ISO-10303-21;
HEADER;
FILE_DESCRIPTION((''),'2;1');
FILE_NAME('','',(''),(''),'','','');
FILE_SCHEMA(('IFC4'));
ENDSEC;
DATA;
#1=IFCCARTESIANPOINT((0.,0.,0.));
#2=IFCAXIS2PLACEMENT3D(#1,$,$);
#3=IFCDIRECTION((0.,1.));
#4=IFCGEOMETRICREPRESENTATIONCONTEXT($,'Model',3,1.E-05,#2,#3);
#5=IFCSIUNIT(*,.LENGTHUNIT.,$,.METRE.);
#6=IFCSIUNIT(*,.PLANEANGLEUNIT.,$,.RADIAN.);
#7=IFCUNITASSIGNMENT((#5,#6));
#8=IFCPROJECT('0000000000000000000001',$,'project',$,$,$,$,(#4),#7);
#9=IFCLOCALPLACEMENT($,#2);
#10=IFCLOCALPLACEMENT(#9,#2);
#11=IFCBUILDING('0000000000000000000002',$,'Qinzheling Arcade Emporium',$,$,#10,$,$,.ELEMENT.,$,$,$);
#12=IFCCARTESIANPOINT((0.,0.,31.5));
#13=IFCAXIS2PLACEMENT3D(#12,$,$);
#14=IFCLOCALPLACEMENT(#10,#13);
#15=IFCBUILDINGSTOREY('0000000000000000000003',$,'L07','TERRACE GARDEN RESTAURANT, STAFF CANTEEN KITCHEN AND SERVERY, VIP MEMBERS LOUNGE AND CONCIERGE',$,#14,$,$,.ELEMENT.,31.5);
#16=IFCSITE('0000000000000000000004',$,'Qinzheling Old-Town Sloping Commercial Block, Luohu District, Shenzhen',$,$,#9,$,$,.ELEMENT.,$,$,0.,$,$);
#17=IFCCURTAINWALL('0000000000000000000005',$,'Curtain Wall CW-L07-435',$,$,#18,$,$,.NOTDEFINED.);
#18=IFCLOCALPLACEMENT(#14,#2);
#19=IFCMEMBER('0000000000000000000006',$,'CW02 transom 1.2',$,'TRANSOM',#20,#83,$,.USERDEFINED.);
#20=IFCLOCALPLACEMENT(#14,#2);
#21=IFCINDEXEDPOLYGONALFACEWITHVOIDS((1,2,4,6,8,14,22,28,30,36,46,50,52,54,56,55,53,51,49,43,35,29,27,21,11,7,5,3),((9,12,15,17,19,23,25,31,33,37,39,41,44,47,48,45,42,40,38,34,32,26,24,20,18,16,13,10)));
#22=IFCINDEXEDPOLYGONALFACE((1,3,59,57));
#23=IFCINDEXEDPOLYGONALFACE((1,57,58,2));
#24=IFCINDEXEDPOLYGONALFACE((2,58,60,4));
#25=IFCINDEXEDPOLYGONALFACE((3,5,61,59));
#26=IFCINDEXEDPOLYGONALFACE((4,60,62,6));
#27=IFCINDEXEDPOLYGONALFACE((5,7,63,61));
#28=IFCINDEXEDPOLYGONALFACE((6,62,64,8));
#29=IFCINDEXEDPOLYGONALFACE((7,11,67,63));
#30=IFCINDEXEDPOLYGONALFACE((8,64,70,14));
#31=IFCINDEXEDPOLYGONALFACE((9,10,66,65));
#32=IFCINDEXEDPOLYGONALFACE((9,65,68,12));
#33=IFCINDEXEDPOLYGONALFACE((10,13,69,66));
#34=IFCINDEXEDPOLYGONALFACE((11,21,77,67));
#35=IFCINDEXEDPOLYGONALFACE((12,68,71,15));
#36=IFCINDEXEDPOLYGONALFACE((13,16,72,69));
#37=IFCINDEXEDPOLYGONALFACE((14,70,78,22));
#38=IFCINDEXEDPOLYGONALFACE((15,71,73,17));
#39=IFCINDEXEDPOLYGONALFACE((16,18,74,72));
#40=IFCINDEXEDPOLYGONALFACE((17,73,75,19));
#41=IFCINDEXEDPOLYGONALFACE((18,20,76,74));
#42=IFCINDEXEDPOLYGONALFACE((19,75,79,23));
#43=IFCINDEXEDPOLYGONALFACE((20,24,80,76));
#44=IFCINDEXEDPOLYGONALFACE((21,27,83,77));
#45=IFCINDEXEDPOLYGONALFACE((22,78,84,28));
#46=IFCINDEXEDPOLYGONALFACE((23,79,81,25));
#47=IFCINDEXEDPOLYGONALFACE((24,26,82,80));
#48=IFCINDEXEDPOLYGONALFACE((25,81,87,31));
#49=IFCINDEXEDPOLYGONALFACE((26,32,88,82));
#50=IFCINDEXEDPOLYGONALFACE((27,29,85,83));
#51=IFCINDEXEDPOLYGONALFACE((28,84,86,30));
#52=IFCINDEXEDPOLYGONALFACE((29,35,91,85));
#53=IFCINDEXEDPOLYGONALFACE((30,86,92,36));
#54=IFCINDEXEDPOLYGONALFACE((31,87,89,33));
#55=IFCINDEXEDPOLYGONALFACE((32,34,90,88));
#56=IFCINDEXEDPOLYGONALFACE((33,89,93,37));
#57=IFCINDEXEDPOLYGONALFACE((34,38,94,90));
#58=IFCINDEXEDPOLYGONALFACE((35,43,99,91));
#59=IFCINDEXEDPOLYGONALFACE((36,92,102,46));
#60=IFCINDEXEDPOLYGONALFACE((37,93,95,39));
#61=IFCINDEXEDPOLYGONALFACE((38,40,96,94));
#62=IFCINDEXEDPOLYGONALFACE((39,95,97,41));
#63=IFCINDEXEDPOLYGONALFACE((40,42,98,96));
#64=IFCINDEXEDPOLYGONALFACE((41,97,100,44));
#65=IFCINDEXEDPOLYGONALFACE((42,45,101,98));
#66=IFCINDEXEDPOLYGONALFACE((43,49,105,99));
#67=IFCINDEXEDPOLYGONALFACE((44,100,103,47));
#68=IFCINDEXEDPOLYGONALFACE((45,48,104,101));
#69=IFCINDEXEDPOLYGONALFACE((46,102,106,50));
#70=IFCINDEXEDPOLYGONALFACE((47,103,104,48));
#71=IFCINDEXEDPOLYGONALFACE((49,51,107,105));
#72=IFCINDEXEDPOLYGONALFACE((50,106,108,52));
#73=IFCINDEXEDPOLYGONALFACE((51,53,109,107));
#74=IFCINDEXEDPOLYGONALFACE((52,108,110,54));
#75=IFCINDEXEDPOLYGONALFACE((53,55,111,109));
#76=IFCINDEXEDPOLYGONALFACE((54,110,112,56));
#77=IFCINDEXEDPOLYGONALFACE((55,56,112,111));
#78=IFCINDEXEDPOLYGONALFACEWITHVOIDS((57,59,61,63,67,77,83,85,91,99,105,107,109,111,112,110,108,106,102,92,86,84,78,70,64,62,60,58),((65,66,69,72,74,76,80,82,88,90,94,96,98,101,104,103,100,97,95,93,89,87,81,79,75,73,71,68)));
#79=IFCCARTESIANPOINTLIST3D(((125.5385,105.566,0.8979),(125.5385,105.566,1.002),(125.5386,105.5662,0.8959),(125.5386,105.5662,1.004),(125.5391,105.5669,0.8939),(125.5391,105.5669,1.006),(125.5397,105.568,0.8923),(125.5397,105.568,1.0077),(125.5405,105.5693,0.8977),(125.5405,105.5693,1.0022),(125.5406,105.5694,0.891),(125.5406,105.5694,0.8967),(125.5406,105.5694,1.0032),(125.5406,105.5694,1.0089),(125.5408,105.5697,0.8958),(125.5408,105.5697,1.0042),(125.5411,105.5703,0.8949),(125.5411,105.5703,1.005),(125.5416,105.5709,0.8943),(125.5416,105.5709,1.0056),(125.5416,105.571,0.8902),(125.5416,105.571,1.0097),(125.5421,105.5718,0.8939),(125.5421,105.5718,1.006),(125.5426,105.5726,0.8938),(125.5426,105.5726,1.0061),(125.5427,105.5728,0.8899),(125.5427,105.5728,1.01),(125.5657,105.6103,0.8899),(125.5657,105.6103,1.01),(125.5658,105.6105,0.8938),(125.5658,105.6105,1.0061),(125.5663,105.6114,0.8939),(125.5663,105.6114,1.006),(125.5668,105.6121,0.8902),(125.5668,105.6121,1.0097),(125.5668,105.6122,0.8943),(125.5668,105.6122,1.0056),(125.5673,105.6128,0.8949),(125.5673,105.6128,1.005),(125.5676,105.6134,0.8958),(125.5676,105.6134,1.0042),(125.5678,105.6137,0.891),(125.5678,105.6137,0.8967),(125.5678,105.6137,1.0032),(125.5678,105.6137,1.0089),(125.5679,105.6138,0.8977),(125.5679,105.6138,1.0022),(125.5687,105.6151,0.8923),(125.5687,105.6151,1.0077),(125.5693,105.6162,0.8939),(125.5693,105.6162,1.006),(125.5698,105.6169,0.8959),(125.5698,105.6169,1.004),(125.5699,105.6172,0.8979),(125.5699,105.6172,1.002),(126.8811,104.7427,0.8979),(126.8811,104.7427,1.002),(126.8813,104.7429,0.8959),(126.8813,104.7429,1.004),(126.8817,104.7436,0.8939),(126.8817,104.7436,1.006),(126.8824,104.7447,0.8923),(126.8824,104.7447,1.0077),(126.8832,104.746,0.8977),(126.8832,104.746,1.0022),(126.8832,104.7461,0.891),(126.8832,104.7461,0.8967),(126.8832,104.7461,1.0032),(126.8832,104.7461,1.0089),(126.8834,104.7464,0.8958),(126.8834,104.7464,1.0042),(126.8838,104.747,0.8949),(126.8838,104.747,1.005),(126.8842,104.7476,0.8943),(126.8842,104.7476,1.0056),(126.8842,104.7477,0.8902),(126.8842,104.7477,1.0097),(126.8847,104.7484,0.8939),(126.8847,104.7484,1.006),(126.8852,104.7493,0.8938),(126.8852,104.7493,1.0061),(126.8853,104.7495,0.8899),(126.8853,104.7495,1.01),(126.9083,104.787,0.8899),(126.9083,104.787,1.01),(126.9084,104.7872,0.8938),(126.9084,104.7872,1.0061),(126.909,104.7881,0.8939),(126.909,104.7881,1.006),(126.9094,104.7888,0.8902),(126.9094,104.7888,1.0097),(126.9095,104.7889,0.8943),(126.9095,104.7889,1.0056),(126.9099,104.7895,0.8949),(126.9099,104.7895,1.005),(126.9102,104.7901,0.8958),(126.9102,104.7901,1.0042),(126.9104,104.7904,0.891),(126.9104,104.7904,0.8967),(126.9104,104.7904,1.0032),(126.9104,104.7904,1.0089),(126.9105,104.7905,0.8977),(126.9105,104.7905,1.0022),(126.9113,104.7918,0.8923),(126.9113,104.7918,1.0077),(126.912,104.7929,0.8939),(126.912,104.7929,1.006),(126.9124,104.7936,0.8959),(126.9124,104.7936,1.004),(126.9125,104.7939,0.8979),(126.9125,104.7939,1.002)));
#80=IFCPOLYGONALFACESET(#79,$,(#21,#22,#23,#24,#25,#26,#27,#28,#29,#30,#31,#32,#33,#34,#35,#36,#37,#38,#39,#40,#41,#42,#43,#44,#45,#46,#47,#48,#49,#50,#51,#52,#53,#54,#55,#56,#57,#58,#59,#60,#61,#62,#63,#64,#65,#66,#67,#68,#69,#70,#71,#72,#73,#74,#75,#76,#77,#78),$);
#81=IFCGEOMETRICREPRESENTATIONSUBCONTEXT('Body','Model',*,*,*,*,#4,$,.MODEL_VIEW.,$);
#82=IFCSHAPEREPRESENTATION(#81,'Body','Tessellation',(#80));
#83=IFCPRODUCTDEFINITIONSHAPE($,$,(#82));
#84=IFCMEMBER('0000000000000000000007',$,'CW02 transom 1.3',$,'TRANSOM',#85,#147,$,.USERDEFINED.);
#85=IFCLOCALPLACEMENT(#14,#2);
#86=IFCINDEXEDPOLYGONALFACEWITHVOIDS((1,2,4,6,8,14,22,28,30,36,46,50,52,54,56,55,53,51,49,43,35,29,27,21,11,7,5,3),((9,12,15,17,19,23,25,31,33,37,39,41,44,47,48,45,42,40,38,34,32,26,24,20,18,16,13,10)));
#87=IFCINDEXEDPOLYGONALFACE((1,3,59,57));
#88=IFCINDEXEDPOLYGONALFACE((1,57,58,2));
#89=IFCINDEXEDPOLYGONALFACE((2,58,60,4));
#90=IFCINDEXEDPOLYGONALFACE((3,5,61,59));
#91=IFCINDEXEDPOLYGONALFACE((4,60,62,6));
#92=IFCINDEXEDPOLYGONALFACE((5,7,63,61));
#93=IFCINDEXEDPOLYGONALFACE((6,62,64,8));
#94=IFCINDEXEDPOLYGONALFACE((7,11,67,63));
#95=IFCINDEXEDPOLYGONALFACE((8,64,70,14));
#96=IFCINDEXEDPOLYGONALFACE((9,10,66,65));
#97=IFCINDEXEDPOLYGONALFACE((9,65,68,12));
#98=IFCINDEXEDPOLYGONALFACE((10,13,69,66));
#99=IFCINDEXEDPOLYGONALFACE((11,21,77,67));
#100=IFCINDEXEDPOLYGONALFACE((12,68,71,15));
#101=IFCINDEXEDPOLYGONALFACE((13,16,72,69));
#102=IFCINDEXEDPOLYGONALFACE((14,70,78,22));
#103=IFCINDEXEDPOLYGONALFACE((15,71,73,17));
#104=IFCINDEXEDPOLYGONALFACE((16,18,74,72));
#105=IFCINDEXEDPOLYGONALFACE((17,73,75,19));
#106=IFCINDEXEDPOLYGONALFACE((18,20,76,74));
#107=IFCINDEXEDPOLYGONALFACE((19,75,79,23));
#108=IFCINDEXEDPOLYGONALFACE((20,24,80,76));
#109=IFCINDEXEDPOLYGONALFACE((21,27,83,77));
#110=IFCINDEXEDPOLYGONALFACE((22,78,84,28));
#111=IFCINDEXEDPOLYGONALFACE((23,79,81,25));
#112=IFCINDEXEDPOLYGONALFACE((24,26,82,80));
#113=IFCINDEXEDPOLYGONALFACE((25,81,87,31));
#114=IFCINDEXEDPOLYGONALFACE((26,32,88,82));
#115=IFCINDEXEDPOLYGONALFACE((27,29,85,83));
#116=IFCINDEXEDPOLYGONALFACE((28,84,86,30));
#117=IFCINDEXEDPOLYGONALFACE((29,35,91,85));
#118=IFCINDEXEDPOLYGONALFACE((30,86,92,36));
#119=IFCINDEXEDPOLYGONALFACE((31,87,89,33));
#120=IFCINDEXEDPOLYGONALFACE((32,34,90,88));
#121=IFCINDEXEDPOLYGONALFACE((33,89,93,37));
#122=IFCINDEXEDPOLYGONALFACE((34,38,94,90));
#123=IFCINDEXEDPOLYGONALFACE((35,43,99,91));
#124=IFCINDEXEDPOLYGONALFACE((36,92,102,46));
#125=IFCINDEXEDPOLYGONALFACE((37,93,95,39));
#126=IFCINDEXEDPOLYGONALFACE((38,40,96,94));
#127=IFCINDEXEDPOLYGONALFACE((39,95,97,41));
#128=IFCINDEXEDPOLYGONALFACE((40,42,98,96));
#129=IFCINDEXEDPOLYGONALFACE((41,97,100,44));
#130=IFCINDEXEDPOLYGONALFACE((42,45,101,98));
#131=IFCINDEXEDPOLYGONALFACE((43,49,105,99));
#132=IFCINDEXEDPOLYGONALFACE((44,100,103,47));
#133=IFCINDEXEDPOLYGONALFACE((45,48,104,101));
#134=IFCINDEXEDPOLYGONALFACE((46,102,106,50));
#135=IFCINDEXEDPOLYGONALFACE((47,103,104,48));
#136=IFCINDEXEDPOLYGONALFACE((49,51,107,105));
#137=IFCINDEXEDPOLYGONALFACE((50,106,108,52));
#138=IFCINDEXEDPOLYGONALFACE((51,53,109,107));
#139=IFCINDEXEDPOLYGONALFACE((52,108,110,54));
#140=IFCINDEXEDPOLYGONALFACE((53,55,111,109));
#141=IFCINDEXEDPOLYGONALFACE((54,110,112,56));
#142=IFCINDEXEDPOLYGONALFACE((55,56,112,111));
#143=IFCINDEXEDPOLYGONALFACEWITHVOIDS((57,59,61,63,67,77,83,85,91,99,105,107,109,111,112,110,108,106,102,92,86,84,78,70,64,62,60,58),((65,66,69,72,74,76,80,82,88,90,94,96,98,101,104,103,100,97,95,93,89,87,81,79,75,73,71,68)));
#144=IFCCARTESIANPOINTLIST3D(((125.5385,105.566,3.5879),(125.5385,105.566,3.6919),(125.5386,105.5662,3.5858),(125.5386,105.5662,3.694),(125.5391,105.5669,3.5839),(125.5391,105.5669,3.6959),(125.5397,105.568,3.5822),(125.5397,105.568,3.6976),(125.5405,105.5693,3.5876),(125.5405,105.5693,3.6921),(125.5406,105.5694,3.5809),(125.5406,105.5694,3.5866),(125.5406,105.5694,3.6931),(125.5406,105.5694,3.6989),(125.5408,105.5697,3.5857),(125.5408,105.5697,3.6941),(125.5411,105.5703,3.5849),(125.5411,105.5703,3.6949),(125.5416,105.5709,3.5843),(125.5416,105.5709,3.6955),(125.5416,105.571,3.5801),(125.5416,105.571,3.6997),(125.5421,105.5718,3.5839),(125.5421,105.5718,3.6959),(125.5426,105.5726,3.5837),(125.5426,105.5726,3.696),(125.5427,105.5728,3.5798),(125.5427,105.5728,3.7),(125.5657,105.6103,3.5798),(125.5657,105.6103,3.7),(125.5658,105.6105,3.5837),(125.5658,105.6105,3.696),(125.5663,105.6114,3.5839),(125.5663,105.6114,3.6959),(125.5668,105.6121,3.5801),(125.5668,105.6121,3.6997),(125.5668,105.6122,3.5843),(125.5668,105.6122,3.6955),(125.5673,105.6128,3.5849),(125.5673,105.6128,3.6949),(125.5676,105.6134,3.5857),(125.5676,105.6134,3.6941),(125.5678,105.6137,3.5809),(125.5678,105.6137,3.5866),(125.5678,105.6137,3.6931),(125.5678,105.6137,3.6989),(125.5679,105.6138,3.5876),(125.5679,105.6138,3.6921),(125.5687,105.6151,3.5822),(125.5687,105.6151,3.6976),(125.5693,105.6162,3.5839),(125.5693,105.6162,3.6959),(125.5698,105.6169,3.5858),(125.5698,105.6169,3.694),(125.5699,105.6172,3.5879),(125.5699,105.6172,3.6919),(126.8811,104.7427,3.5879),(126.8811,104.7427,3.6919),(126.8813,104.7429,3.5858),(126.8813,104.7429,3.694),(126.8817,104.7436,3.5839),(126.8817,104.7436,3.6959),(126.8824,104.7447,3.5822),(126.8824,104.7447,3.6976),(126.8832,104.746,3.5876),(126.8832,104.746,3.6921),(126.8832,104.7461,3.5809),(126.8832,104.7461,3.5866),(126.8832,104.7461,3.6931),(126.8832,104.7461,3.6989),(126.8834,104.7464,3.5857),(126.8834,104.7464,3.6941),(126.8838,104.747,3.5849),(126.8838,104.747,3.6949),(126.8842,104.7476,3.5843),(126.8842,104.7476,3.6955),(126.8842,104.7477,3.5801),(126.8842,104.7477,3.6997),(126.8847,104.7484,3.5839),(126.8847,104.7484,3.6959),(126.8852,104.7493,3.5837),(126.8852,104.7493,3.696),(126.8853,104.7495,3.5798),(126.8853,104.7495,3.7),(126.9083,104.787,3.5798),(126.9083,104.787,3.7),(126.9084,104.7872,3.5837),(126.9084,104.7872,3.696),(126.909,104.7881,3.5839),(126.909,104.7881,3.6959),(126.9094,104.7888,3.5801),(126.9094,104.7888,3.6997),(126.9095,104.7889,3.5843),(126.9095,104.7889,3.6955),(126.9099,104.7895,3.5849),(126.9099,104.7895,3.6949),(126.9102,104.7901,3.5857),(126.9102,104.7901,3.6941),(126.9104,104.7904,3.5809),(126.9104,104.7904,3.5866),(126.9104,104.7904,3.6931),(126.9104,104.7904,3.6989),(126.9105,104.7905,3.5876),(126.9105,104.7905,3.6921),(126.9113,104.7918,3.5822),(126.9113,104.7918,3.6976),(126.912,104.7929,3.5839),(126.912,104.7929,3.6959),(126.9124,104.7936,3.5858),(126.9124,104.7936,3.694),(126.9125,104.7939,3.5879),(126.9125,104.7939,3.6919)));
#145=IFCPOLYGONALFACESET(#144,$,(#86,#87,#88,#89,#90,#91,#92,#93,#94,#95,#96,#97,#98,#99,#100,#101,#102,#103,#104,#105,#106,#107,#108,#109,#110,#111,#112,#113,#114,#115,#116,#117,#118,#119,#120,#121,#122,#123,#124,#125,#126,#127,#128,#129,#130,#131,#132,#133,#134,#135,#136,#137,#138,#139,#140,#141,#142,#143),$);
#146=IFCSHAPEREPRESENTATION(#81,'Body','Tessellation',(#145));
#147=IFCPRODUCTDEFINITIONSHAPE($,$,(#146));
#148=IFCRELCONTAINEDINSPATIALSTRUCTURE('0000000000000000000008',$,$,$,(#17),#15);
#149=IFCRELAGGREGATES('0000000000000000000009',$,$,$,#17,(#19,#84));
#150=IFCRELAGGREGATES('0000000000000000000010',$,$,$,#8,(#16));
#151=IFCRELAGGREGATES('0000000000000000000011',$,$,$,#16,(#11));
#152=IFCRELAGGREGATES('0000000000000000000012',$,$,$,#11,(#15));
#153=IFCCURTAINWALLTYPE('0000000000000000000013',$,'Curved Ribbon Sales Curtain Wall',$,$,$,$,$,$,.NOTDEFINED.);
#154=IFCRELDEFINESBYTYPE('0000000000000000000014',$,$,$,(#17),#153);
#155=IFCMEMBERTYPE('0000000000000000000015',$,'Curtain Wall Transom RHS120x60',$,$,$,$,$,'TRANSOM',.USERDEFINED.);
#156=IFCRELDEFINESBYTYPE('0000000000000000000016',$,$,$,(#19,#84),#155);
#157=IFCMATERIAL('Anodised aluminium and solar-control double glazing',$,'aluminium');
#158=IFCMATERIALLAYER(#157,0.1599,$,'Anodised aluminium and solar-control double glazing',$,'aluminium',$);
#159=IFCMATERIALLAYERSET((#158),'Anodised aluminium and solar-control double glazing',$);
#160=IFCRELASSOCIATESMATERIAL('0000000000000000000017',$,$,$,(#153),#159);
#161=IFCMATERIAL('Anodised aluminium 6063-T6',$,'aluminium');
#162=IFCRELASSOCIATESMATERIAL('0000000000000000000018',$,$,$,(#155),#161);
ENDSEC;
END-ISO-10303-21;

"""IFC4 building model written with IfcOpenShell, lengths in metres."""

from ifc_helpers import new_model, si_unit, direction, frame, origin, origin_2d, place, context, subcontext, project, spatial, hollow_rectangle, extrude, material, layer, layer_set, material_profile, profile_set, type_object, element, aggregate, save


model = new_model("IFC4")

# Units and contexts
model_context = context("Model", 3, precision=1e-05, world=origin(), true_north=direction((0.0, 1.0)))
body_context = subcontext(model_context, "Body", "Model", "MODEL_VIEW")
ifc_project = project(units=[si_unit("LENGTHUNIT", "METRE"), si_unit("PLANEANGLEUNIT", "RADIAN")], contexts=[model_context])

# Site, building, storey
site_placement = place(None, origin())
site = spatial("IfcSite", under=ifc_project, at=site_placement, Name="Qinzheling Old-Town Sloping Commercial Block, Luohu District, Shenzhen", CompositionType="ELEMENT", RefElevation=0.0)
building_placement = place(site_placement, origin())
building = spatial("IfcBuilding", under=site, at=building_placement, Name="Qinzheling Arcade Emporium", CompositionType="ELEMENT")
storey_placement = place(building_placement, frame((0.0, 0.0, 31.5)))
storey = spatial("IfcBuildingStorey", under=building, at=storey_placement, Name="L07", Description="TERRACE GARDEN RESTAURANT, STAFF CANTEEN KITCHEN AND SERVERY, VIP MEMBERS LOUNGE AND CONCIERGE", CompositionType="ELEMENT", Elevation=31.5)

# Shared definitions
ifc_material_1 = material(Name="Anodised aluminium and solar-control double glazing", Category="aluminium")
ifc_layer_1 = layer(ifc_material_1, 0.1599, Name="Anodised aluminium and solar-control double glazing", Category="aluminium")
ifc_layer_set_1 = layer_set([ifc_layer_1], Name="Anodised aluminium and solar-control double glazing")
curtain_wall_type = type_object("IfcCurtainWallType", Name="Curved Ribbon Sales Curtain Wall", PredefinedType="NOTDEFINED", material=ifc_layer_set_1)
ifc_material_2 = material(Name="Anodised aluminium 6063-T6", Category="aluminium")

# Curtain wall
curtain_wall_1_placement = place(storey_placement, origin())
curtain_wall_1 = element("IfcCurtainWall", 1, at=curtain_wall_1_placement, inside=storey, type_object=curtain_wall_type, Name="Curtain Wall CW-L07-435", PredefinedType="NOTDEFINED")

# Members
ifc_material_profile_1 = material_profile(ifc_material_2, hollow_rectangle(XDim=0.0601, YDim=0.1201, WallThickness=0.0039, InnerFilletRadius=0.0039, OuterFilletRadius=0.0081, at=origin_2d()), Name="RHS 120x60x4", Category="aluminium")
ifc_profile_set_1 = profile_set([ifc_material_profile_1], Name="Anodised aluminium 6063-T6")
member_type_1 = type_object("IfcMemberType", Name="Curtain Wall Transom RHS120x60", ElementType="TRANSOM", PredefinedType="USERDEFINED", material=ifc_profile_set_1)
member_1_placement = place(storey_placement, frame((125.5542, 105.5916, 0.95), z_axis=(0.852488, -0.522747, 0.0), x_axis=(0.522747, 0.852488, 0.0)))
member_1 = element("IfcMember", 2, at=member_1_placement, type_object=member_type_1, Name="CW02 transom 1.2", ObjectType="TRANSOM", PredefinedType="USERDEFINED", context=body_context, shape_type="SweptSolid", body=[
    extrude(hollow_rectangle(XDim=0.0601, YDim=0.1201, WallThickness=0.0039, InnerFilletRadius=0.0039, OuterFilletRadius=0.0081, at=origin_2d()), origin(), (0.0, 0.0, 1.0), 1.575),
])
member_2_placement = place(storey_placement, frame((125.5542, 105.5916, 3.6399), z_axis=(0.852488, -0.522747, 0.0), x_axis=(0.522747, 0.852488, 0.0)))
member_2 = element("IfcMember", 3, at=member_2_placement, type_object=member_type_1, Name="CW02 transom 1.3", ObjectType="TRANSOM", PredefinedType="USERDEFINED", context=body_context, shape_type="SweptSolid", body=[
    extrude(hollow_rectangle(XDim=0.0601, YDim=0.1201, WallThickness=0.0039, InnerFilletRadius=0.0039, OuterFilletRadius=0.0081, at=origin_2d()), origin(), (0.0, 0.0, 1.0), 1.575),
])

aggregate(curtain_wall_1, [member_1, member_2])

save(model, "model.ifc")
